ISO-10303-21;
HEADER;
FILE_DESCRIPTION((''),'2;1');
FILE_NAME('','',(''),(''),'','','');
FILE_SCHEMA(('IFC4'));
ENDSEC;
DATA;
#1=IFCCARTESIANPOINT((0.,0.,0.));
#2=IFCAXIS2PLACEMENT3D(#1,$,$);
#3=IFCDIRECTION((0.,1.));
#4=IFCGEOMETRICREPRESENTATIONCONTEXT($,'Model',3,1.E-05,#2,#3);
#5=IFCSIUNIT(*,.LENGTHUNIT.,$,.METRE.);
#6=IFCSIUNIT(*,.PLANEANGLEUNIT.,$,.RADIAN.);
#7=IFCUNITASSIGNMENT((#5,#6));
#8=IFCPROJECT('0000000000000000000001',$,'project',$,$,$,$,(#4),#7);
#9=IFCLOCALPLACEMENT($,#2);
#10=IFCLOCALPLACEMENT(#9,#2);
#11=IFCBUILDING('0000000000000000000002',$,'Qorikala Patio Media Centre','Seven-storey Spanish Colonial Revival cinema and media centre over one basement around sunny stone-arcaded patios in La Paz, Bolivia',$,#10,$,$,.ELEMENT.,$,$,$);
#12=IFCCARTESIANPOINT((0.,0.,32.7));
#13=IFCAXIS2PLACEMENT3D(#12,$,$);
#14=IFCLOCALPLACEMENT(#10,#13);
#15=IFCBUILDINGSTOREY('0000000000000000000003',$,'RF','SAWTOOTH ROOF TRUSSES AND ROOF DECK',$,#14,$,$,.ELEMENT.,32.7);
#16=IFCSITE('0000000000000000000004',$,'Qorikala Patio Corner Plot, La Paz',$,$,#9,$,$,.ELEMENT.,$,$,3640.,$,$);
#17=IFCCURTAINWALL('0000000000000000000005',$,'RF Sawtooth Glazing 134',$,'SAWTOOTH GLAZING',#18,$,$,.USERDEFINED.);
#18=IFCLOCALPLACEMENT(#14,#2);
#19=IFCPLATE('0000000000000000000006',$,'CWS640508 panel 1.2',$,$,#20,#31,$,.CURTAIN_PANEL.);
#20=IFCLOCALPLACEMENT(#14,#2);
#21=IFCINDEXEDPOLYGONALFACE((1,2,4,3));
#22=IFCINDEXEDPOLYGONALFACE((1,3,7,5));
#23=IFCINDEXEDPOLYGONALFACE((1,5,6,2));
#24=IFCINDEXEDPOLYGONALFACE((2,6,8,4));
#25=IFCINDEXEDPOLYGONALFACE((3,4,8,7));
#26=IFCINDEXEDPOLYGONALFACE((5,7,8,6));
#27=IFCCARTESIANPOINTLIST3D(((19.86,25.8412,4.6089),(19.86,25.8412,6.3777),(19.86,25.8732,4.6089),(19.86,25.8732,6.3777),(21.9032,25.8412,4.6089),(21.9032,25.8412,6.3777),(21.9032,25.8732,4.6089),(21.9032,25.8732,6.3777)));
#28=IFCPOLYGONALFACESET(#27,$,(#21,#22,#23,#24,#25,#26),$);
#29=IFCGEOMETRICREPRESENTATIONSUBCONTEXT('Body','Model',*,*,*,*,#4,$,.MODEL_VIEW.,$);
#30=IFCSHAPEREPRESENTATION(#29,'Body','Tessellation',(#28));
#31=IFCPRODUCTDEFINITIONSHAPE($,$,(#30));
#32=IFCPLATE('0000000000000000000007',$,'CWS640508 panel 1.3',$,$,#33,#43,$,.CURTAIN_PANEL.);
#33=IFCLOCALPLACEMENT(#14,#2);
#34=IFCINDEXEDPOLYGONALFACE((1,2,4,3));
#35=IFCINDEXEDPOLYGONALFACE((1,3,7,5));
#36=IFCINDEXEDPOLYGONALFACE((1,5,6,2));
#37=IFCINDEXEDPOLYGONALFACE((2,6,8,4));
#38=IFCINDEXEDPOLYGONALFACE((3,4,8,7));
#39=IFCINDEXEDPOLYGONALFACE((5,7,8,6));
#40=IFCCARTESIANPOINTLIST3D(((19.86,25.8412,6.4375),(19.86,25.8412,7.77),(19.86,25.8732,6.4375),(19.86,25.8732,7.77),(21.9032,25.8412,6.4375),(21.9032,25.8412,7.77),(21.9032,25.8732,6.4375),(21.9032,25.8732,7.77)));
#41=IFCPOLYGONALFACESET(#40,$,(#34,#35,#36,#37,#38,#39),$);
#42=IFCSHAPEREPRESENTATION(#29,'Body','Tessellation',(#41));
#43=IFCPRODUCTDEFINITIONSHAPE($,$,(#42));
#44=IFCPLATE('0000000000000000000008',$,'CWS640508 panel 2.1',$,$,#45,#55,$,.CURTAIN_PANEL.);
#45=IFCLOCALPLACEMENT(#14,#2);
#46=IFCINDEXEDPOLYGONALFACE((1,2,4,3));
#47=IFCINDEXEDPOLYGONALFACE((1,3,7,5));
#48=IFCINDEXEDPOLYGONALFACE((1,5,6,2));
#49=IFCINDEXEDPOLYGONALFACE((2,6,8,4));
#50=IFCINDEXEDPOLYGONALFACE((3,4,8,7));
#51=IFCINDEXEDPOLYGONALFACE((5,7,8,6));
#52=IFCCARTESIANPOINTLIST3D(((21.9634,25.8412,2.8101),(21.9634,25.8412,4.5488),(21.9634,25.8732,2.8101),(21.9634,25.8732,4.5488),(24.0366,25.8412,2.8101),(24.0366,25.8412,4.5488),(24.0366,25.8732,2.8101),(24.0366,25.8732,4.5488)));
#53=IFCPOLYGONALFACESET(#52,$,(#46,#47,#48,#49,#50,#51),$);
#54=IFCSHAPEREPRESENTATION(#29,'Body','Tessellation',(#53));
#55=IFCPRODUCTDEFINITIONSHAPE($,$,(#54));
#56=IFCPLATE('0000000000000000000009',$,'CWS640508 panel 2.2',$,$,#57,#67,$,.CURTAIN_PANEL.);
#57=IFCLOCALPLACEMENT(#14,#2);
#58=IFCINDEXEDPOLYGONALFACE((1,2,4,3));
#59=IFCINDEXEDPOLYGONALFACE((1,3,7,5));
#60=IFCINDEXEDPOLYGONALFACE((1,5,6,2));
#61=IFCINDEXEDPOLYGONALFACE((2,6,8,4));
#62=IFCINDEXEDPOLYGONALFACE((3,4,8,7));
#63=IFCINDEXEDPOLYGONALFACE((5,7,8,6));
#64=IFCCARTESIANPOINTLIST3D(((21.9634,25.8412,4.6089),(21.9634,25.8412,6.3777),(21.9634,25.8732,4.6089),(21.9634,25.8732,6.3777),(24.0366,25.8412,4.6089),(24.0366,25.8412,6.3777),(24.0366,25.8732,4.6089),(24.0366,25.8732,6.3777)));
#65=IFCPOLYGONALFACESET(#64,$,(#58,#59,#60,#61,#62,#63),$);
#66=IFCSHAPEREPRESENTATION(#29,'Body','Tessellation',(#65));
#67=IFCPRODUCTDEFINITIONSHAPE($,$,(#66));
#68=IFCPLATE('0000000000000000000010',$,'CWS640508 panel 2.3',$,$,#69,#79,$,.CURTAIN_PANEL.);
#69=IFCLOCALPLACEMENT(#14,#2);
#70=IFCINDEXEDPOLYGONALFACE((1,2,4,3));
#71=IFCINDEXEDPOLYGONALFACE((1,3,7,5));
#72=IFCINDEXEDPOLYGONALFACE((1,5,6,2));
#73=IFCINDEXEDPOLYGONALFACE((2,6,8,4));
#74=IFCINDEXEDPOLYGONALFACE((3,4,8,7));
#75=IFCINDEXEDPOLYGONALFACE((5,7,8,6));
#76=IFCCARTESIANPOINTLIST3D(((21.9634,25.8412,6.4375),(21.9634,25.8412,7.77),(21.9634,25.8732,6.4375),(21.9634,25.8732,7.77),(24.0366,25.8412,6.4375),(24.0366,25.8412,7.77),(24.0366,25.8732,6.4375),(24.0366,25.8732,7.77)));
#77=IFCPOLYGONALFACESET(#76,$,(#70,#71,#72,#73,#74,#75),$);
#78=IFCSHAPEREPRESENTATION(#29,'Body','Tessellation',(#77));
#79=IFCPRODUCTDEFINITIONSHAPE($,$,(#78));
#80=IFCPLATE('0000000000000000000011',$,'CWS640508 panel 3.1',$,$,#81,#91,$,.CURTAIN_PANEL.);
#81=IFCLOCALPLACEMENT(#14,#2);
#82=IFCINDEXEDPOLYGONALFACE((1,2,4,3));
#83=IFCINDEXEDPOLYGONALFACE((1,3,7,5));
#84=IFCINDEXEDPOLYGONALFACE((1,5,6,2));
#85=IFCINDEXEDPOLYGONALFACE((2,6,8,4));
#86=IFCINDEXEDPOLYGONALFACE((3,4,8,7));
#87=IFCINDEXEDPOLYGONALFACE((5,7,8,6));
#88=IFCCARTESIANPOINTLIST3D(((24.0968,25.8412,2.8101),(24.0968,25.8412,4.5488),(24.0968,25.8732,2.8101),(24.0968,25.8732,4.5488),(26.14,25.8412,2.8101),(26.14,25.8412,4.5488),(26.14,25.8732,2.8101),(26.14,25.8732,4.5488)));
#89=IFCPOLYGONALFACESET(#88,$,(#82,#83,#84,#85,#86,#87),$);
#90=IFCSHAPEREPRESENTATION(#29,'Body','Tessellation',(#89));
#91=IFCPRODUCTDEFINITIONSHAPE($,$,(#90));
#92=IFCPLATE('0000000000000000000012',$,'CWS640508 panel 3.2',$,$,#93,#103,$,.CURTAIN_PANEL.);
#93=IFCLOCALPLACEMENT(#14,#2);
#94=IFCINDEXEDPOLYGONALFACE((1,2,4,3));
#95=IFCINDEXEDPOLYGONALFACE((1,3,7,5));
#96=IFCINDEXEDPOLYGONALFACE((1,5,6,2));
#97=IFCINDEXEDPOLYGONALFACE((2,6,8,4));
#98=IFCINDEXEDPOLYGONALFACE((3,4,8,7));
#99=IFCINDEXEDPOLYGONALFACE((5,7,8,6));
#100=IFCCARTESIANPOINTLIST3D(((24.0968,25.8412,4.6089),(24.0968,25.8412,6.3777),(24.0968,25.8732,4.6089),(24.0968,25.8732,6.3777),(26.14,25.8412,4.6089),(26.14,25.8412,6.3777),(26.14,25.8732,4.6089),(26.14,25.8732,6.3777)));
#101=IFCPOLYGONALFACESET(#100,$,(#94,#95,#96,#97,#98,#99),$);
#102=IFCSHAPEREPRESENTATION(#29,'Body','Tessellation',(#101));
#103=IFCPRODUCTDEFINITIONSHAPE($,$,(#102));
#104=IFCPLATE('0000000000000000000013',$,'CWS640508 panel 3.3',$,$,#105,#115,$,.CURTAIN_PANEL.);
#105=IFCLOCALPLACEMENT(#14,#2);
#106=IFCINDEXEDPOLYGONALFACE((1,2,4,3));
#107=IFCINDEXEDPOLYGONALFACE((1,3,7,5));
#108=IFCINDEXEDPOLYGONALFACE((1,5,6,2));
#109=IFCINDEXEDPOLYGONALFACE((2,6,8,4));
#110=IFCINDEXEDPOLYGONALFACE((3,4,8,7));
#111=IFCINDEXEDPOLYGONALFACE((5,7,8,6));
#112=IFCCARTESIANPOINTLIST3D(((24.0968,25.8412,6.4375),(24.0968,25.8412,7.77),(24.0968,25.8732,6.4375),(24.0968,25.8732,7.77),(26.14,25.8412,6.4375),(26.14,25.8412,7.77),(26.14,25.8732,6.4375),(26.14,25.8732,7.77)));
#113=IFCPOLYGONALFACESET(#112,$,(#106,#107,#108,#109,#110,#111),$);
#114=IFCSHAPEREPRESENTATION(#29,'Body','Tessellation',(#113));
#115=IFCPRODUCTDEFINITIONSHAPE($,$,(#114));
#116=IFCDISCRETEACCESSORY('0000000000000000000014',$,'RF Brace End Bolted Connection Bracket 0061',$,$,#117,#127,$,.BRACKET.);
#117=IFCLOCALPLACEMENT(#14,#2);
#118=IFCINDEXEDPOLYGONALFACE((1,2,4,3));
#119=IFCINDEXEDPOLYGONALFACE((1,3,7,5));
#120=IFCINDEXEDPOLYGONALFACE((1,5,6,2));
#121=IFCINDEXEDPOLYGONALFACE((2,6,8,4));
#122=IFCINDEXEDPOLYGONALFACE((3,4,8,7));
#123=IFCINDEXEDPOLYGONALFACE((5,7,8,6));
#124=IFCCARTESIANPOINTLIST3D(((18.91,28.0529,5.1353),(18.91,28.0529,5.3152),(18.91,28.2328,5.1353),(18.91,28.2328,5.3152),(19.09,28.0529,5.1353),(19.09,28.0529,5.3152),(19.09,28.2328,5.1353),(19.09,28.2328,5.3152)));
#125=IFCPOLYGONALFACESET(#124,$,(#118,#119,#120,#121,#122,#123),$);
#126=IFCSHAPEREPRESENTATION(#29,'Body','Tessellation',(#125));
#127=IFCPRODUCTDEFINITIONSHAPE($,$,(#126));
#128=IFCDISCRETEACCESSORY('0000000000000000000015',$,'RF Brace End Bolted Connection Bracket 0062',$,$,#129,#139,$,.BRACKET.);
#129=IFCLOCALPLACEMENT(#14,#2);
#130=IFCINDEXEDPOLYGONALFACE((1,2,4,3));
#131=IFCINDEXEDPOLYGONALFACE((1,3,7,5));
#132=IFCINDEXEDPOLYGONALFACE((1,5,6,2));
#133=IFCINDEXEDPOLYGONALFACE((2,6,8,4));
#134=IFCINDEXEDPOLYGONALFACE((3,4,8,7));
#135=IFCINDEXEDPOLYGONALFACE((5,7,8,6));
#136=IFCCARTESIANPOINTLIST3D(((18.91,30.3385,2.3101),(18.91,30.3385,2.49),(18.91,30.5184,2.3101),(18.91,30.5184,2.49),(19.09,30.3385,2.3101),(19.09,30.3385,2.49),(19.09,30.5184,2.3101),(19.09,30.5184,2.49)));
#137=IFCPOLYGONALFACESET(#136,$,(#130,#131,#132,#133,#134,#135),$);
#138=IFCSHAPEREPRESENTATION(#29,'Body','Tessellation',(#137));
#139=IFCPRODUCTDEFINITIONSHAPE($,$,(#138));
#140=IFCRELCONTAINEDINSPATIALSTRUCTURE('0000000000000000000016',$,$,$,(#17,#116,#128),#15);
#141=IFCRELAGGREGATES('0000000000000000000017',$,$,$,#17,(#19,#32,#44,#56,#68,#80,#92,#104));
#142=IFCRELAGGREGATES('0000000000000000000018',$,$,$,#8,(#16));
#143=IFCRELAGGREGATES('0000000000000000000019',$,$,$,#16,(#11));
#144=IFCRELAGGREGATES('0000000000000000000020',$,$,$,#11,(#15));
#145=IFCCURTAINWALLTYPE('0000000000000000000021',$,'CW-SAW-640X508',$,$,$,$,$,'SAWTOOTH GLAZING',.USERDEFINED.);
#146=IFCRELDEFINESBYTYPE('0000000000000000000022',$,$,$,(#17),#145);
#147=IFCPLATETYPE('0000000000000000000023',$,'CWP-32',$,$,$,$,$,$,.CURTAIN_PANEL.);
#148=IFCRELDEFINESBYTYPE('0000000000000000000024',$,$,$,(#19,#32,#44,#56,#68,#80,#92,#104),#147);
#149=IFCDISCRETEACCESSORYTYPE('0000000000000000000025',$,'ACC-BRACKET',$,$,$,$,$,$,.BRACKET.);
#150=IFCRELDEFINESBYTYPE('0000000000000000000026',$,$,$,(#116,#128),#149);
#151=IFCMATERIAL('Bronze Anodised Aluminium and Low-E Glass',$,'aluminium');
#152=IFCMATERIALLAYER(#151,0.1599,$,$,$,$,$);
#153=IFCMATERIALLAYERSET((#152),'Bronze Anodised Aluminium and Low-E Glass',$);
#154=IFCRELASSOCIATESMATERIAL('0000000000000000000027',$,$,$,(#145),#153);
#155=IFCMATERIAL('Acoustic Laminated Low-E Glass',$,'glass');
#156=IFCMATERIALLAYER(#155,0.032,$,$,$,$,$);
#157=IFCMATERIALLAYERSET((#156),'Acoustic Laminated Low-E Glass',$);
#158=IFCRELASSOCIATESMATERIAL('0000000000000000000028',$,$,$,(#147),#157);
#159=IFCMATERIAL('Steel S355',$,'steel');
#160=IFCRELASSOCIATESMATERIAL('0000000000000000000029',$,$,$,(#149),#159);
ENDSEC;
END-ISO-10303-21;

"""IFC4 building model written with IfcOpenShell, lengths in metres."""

from ifc_helpers import new_model, si_unit, direction, frame, origin, origin_2d, place, context, subcontext, project, spatial, rectangle, extrude, material, layer, layer_set, type_object, element, aggregate, save


model = new_model("IFC4")

# Units and contexts
model_context = context("Model", 3, precision=1e-05, world=origin(), true_north=direction((0.0, 1.0)))
body_context = subcontext(model_context, "Body", "Model", "MODEL_VIEW")
ifc_project = project(units=[si_unit("LENGTHUNIT", "METRE"), si_unit("PLANEANGLEUNIT", "RADIAN")], contexts=[model_context])

# Site, building, storey
site_placement = place(None, origin())
site = spatial("IfcSite", under=ifc_project, at=site_placement, Name="Qorikala Patio Corner Plot, La Paz", CompositionType="ELEMENT", RefElevation=3640.0)
building_placement = place(site_placement, origin())
building = spatial("IfcBuilding", under=site, at=building_placement, Name="Qorikala Patio Media Centre", Description="Seven-storey Spanish Colonial Revival cinema and media centre over one basement around sunny stone-arcaded patios in La Paz, Bolivia", CompositionType="ELEMENT")
storey_placement = place(building_placement, frame((0.0, 0.0, 32.7)))
storey = spatial("IfcBuildingStorey", under=building, at=storey_placement, Name="RF", Description="SAWTOOTH ROOF TRUSSES AND ROOF DECK", CompositionType="ELEMENT", Elevation=32.7)

# Curtain wall
ifc_material_1 = material(Name="Bronze Anodised Aluminium and Low-E Glass", Category="aluminium")
ifc_layer_1 = layer(ifc_material_1, 0.1599)
ifc_layer_set_1 = layer_set([ifc_layer_1], Name="Bronze Anodised Aluminium and Low-E Glass")
curtain_wall_type = type_object("IfcCurtainWallType", Name="CW-SAW-640X508", ElementType="SAWTOOTH GLAZING", PredefinedType="USERDEFINED", material=ifc_layer_set_1)
curtain_wall_placement = place(storey_placement, origin())
curtain_wall = element("IfcCurtainWall", 1, at=curtain_wall_placement, inside=storey, type_object=curtain_wall_type, Name="RF Sawtooth Glazing 134", ObjectType="SAWTOOTH GLAZING", PredefinedType="USERDEFINED")

# Shared definitions
ifc_material_2 = material(Name="Steel S355", Category="steel")

# Plates
ifc_material_3 = material(Name="Acoustic Laminated Low-E Glass", Category="glass")
ifc_layer_2 = layer(ifc_material_3, 0.032)
ifc_layer_set_2 = layer_set([ifc_layer_2], Name="Acoustic Laminated Low-E Glass")
plate_type = type_object("IfcPlateType", Name="CWP-32", PredefinedType="CURTAIN_PANEL", material=ifc_layer_set_2)
plate_1_placement = place(storey_placement, frame((20.8816, 25.8572, 4.6089), z_axis=(0.0, 0.0, 1.0), x_axis=(1.0, 0.0, 0.0)))
plate_1 = element("IfcPlate", 2, at=plate_1_placement, type_object=plate_type, Name="CWS640508 panel 1.2", PredefinedType="CURTAIN_PANEL", context=body_context, shape_type="SweptSolid", body=[
    extrude(rectangle(XDim=2.0432, YDim=0.032, at=origin_2d()), origin(), (0.0, 0.0, 1.0), 1.7688),
])
plate_2_placement = place(storey_placement, frame((20.8816, 25.8572, 6.4375), z_axis=(0.0, 0.0, 1.0), x_axis=(1.0, 0.0, 0.0)))
plate_2 = element("IfcPlate", 3, at=plate_2_placement, type_object=plate_type, Name="CWS640508 panel 1.3", PredefinedType="CURTAIN_PANEL", context=body_context, shape_type="SweptSolid", body=[
    extrude(rectangle(XDim=2.0432, YDim=0.032, at=origin_2d()), origin(), (0.0, 0.0, 1.0), 1.3325),
])
plate_3_placement = place(storey_placement, frame((23.0, 25.8572, 2.8101), z_axis=(0.0, 0.0, 1.0), x_axis=(1.0, 0.0, 0.0)))
plate_3 = element("IfcPlate", 4, at=plate_3_placement, type_object=plate_type, Name="CWS640508 panel 2.1", PredefinedType="CURTAIN_PANEL", context=body_context, shape_type="SweptSolid", body=[
    extrude(rectangle(XDim=2.0732, YDim=0.032, at=origin_2d()), origin(), (0.0, 0.0, 1.0), 1.7388),
])
plate_4_placement = place(storey_placement, frame((23.0, 25.8572, 4.6089), z_axis=(0.0, 0.0, 1.0), x_axis=(1.0, 0.0, 0.0)))
plate_4 = element("IfcPlate", 5, at=plate_4_placement, type_object=plate_type, Name="CWS640508 panel 2.2", PredefinedType="CURTAIN_PANEL", context=body_context, shape_type="SweptSolid", body=[
    extrude(rectangle(XDim=2.0732, YDim=0.032, at=origin_2d()), origin(), (0.0, 0.0, 1.0), 1.7688),
])
plate_5_placement = place(storey_placement, frame((23.0, 25.8572, 6.4375), z_axis=(0.0, 0.0, 1.0), x_axis=(1.0, 0.0, 0.0)))
plate_5 = element("IfcPlate", 6, at=plate_5_placement, type_object=plate_type, Name="CWS640508 panel 2.3", PredefinedType="CURTAIN_PANEL", context=body_context, shape_type="SweptSolid", body=[
    extrude(rectangle(XDim=2.0732, YDim=0.032, at=origin_2d()), origin(), (0.0, 0.0, 1.0), 1.3325),
])
plate_6_placement = place(storey_placement, frame((25.1184, 25.8572, 2.8101), z_axis=(0.0, 0.0, 1.0), x_axis=(1.0, 0.0, 0.0)))
plate_6 = element("IfcPlate", 7, at=plate_6_placement, type_object=plate_type, Name="CWS640508 panel 3.1", PredefinedType="CURTAIN_PANEL", context=body_context, shape_type="SweptSolid", body=[
    extrude(rectangle(XDim=2.0432, YDim=0.032, at=origin_2d()), origin(), (0.0, 0.0, 1.0), 1.7388),
])
plate_7_placement = place(storey_placement, frame((25.1184, 25.8572, 4.6089), z_axis=(0.0, 0.0, 1.0), x_axis=(1.0, 0.0, 0.0)))
plate_7 = element("IfcPlate", 8, at=plate_7_placement, type_object=plate_type, Name="CWS640508 panel 3.2", PredefinedType="CURTAIN_PANEL", context=body_context, shape_type="SweptSolid", body=[
    extrude(rectangle(XDim=2.0432, YDim=0.032, at=origin_2d()), origin(), (0.0, 0.0, 1.0), 1.7688),
])
plate_8_placement = place(storey_placement, frame((25.1184, 25.8572, 6.4375), z_axis=(0.0, 0.0, 1.0), x_axis=(1.0, 0.0, 0.0)))
plate_8 = element("IfcPlate", 9, at=plate_8_placement, type_object=plate_type, Name="CWS640508 panel 3.3", PredefinedType="CURTAIN_PANEL", context=body_context, shape_type="SweptSolid", body=[
    extrude(rectangle(XDim=2.0432, YDim=0.032, at=origin_2d()), origin(), (0.0, 0.0, 1.0), 1.3325),
])
aggregate(curtain_wall, [plate_1, plate_2, plate_3, plate_4, plate_5, plate_6, plate_7, plate_8])

# Discrete accessories
discrete_accessory_type = type_object("IfcDiscreteAccessoryType", Name="ACC-BRACKET", PredefinedType="BRACKET", material=ifc_material_2)
for number, where, z_axis, x_axis, name in (
    (10, (19.0, 28.1428, 5.1353), (0.0, 0.0, 1.0), (1.0, 0.0, 0.0), "RF Brace End Bolted Connection Bracket 0061"),
    (11, (19.0, 30.4285, 2.3101), (0.0, 0.0, 1.0), (1.0, 0.0, 0.0), "RF Brace End Bolted Connection Bracket 0062"),
):
    element("IfcDiscreteAccessory", number, at=place(storey_placement, frame(where, z_axis=z_axis, x_axis=x_axis)), inside=storey, type_object=discrete_accessory_type, Name=name, PredefinedType="BRACKET", context=body_context, shape_type="SweptSolid", body=[
        extrude(rectangle(XDim=0.1799, YDim=0.1799, at=origin_2d()), origin(), (0.0, 0.0, 1.0), 0.1799),
    ])

save(model, "model.ifc")
